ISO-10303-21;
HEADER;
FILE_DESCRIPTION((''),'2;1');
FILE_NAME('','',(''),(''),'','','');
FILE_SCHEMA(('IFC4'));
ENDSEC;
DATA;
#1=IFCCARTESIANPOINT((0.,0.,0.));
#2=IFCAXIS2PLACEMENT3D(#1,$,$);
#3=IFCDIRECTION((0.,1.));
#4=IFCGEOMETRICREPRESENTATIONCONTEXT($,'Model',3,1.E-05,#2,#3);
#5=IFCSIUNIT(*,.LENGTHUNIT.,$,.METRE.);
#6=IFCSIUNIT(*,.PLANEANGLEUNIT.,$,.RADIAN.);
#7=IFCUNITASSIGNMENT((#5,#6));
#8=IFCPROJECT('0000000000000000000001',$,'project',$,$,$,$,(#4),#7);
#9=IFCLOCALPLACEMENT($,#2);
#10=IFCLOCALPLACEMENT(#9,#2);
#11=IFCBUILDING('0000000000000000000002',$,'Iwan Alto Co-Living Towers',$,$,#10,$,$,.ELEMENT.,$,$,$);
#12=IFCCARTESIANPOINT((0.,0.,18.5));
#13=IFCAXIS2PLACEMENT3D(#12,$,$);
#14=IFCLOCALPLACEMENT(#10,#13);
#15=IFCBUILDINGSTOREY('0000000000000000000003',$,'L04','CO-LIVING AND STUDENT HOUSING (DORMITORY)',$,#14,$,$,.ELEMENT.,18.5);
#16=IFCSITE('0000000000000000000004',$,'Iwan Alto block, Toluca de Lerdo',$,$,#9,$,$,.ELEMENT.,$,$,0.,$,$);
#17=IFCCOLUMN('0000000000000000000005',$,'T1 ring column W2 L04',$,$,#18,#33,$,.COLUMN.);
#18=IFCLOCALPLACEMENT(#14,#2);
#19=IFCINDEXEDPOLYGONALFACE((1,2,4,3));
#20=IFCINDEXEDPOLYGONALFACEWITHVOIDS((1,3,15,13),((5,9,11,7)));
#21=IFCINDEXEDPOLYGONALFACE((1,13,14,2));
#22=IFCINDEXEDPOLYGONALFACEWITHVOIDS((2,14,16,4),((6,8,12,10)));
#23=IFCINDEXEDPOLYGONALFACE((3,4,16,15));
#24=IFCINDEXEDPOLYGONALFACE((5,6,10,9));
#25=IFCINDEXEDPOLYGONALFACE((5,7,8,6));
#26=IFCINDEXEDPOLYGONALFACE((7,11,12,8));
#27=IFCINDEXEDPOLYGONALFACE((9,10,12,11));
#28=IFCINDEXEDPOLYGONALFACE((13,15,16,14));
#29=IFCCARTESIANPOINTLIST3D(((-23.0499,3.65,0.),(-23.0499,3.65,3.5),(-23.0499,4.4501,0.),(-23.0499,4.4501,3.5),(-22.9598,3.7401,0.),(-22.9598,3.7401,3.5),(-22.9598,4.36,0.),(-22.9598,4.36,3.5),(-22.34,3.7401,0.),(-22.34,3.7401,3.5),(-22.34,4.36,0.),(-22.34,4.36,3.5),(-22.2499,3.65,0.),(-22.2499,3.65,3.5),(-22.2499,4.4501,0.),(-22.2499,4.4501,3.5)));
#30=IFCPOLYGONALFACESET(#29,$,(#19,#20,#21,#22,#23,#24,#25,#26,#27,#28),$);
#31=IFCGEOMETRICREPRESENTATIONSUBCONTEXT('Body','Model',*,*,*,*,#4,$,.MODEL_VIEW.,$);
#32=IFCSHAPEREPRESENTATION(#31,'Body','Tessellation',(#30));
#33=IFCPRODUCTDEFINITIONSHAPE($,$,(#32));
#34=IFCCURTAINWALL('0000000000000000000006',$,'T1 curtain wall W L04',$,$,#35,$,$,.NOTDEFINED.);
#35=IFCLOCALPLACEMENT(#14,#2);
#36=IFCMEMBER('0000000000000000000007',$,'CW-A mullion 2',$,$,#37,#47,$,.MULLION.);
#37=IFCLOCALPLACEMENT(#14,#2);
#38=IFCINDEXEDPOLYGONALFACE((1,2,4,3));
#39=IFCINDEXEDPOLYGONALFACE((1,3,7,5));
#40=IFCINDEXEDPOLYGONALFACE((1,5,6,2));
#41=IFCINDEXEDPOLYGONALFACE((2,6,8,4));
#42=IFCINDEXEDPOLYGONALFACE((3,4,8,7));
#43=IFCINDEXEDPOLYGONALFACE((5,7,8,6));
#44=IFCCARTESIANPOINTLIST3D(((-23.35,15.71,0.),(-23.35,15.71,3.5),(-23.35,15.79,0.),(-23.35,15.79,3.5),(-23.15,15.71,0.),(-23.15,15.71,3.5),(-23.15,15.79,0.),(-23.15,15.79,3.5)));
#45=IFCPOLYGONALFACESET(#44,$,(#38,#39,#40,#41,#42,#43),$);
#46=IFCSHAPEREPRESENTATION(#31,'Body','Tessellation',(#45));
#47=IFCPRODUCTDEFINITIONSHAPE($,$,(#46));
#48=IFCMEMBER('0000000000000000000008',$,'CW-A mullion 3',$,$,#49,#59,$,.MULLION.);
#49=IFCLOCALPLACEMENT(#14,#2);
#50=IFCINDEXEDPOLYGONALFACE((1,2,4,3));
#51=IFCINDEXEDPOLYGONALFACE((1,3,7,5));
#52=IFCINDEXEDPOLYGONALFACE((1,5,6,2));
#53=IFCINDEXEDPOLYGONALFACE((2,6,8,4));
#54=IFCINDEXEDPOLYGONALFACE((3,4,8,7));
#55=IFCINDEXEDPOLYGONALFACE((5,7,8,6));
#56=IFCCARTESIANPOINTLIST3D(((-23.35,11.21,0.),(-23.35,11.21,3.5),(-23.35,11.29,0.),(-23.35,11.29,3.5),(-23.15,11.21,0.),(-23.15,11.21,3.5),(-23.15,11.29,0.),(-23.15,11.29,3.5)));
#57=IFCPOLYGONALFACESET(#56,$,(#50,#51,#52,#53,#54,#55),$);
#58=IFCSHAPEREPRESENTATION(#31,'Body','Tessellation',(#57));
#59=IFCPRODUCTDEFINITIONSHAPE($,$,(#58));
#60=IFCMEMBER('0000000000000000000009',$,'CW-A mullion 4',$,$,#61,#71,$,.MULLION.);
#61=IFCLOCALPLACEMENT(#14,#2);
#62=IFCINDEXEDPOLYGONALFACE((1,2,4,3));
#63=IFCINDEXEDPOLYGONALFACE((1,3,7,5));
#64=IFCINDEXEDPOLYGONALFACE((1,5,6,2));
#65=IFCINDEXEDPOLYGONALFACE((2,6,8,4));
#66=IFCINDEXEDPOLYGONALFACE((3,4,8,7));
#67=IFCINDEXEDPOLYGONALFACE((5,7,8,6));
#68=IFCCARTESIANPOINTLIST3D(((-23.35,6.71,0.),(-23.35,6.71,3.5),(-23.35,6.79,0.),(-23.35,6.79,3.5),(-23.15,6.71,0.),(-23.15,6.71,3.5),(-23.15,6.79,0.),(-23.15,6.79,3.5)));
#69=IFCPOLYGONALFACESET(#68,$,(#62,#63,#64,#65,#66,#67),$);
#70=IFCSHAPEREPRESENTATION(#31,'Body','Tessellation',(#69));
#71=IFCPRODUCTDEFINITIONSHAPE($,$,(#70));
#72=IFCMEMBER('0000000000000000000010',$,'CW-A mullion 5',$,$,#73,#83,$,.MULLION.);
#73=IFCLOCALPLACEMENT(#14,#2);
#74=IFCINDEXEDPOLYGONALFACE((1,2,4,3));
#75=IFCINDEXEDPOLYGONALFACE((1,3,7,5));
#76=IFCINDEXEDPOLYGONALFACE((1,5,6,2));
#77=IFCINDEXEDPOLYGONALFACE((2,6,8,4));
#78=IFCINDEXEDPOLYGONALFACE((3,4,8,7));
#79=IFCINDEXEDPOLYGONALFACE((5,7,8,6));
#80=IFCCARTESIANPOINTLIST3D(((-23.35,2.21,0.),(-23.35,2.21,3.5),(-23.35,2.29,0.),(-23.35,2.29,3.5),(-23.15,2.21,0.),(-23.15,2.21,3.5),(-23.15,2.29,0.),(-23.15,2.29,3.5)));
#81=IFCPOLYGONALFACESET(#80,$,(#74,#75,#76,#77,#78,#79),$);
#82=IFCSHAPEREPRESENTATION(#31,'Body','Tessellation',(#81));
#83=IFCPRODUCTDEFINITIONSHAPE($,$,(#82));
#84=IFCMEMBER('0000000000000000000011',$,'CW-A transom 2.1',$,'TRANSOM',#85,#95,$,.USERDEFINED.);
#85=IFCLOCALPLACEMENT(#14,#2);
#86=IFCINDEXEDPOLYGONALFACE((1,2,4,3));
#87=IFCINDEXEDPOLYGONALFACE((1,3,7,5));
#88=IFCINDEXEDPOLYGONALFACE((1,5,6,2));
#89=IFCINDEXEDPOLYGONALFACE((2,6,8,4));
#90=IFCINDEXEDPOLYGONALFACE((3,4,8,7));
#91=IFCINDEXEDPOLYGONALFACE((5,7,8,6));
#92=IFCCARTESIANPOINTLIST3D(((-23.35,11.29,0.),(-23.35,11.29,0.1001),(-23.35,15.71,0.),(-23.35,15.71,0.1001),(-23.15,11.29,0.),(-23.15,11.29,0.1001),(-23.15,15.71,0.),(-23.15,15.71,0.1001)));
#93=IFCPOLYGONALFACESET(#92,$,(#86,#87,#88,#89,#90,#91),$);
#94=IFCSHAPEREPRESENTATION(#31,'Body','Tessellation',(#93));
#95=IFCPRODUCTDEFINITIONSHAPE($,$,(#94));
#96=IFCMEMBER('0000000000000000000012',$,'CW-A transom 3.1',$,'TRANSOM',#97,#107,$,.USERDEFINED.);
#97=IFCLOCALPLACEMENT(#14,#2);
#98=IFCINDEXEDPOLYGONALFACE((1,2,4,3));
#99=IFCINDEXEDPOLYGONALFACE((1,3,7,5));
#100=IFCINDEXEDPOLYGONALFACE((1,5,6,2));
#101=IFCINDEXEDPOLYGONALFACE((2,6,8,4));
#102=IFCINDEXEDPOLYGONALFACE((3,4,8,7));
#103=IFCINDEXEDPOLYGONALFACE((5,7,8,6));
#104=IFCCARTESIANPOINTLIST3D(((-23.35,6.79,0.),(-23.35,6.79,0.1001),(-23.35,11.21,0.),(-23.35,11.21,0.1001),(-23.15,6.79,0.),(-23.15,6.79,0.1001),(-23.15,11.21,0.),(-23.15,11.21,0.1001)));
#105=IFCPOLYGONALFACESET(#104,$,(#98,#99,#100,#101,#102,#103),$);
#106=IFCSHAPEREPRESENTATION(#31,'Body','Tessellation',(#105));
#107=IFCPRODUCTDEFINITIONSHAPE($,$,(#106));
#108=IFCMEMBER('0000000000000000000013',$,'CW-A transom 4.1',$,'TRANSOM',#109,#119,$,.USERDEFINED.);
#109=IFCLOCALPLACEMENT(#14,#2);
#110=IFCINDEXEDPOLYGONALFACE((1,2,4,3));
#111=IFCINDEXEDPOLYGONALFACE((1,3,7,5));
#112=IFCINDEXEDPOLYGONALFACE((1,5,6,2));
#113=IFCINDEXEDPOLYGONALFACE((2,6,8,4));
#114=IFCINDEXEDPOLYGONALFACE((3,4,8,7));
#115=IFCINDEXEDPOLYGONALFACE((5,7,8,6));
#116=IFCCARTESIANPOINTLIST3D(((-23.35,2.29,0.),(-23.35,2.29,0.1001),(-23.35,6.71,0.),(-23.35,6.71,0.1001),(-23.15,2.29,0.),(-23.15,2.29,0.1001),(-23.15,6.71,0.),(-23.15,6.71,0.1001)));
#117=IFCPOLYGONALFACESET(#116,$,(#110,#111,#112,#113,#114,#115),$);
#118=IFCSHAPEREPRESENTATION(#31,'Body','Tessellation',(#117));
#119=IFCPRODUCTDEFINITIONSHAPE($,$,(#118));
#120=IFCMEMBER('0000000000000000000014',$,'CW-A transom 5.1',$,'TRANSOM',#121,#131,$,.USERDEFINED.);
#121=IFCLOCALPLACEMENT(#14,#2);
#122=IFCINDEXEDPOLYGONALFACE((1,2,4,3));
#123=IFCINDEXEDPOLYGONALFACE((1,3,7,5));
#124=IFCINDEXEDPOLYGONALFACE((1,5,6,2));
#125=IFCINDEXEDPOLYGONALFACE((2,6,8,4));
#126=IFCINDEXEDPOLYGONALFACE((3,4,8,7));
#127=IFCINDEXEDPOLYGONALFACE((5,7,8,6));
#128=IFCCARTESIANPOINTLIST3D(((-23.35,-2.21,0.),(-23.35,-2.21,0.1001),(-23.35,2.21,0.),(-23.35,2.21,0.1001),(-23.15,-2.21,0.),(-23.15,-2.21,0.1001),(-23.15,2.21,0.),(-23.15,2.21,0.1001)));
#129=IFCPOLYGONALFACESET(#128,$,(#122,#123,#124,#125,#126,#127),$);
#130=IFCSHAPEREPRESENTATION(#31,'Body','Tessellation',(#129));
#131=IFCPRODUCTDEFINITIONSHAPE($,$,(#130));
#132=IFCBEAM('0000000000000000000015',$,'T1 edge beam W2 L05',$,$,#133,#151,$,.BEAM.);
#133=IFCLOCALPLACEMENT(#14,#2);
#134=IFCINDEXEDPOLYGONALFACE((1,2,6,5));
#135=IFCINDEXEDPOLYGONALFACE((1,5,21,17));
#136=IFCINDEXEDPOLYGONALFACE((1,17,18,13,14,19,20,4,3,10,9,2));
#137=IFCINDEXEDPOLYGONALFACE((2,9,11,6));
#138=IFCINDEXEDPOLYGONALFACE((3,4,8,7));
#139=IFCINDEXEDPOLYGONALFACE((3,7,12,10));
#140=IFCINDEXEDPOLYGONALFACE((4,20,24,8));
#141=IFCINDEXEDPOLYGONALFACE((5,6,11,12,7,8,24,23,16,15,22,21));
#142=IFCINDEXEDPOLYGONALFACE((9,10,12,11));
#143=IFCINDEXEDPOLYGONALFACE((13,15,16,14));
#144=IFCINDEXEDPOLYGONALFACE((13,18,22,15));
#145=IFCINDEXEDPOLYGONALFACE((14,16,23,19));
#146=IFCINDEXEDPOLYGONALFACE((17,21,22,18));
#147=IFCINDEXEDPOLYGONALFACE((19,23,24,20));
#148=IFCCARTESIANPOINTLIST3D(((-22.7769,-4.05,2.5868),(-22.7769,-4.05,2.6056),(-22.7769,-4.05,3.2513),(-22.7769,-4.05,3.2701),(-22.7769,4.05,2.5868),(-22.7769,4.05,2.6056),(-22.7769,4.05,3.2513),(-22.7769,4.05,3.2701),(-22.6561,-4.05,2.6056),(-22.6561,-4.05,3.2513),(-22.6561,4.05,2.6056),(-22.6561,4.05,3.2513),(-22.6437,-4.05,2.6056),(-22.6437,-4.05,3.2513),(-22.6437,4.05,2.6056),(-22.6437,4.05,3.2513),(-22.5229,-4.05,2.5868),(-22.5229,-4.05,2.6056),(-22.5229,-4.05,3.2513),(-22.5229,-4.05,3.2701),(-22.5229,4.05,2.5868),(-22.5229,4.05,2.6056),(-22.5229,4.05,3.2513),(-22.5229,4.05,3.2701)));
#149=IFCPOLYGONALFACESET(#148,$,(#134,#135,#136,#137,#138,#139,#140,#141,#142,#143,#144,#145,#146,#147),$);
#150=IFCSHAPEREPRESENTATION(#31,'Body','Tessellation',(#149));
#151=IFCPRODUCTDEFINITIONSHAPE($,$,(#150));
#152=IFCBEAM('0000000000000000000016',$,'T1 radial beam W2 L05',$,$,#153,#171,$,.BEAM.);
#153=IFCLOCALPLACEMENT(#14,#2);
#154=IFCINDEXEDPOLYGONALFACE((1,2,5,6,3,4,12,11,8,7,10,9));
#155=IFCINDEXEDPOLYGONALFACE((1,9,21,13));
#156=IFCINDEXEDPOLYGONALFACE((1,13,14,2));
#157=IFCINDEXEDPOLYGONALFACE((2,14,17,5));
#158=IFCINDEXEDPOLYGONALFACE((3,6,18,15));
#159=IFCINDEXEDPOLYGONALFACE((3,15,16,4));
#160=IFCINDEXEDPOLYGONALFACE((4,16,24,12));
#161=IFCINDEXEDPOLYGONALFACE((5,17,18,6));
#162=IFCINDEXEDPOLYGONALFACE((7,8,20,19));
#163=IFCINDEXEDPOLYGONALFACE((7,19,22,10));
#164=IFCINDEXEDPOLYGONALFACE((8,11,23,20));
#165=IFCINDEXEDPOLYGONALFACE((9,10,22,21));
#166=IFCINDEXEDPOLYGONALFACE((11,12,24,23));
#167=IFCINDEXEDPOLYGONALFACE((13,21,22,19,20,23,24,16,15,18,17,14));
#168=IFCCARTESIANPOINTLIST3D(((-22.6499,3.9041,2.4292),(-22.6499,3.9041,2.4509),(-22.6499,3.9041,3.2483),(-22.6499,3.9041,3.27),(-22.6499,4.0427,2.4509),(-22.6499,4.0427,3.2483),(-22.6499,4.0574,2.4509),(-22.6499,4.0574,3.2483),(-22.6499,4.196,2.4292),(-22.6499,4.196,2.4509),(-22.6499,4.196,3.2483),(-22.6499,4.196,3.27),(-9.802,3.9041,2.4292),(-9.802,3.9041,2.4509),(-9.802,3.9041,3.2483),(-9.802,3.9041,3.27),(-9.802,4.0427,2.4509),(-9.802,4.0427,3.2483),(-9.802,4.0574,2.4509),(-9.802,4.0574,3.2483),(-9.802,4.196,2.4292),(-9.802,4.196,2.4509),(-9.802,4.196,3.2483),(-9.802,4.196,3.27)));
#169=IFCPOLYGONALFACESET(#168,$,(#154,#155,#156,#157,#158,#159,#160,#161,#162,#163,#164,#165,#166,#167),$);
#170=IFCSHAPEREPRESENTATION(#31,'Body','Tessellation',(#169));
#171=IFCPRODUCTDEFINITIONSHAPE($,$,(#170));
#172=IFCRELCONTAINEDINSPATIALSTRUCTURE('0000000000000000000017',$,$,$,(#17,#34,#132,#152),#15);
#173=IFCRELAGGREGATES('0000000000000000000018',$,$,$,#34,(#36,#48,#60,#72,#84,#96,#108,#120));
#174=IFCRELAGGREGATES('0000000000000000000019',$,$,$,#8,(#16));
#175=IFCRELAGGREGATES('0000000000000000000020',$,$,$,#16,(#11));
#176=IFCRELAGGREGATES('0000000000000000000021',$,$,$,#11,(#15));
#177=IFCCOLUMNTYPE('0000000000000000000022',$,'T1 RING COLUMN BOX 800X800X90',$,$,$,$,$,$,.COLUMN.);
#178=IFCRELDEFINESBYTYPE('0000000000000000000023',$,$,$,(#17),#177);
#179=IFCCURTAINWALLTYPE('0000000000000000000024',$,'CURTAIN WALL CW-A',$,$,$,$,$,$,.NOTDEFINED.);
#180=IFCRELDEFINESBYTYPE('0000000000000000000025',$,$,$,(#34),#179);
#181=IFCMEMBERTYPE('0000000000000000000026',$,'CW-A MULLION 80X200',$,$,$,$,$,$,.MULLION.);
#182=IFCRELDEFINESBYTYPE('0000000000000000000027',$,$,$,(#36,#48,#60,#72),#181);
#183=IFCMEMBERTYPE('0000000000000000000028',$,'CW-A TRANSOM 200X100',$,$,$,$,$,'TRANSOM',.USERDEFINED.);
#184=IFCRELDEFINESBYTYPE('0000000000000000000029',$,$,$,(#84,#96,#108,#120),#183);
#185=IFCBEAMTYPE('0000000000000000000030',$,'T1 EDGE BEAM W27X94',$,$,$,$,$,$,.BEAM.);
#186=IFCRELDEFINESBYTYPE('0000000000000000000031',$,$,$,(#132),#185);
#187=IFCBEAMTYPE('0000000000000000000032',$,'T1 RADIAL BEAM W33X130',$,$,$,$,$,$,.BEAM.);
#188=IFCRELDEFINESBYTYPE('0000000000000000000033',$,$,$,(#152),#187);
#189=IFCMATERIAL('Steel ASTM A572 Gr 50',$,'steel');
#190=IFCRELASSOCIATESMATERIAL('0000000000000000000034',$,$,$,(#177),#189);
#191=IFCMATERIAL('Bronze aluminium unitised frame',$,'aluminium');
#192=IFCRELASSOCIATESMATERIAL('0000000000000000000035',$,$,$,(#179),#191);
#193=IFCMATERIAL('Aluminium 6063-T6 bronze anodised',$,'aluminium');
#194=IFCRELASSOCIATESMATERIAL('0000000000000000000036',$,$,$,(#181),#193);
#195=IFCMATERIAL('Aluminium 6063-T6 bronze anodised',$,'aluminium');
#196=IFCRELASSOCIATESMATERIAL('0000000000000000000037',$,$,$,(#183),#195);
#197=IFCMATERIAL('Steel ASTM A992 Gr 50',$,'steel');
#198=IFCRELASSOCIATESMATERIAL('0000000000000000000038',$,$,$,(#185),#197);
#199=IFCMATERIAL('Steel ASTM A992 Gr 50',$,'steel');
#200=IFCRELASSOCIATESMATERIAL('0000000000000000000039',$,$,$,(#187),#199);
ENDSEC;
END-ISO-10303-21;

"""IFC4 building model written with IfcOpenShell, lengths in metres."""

from ifc_helpers import new_model, si_unit, direction, frame, origin, origin_2d, place, context, subcontext, project, spatial, rectangle, hollow_rectangle, i_section, extrude, material, material_profile, profile_set, type_object, element, aggregate, save


model = new_model("IFC4")

# Units and contexts
model_context = context("Model", 3, precision=1e-05, world=origin(), true_north=direction((0.0, 1.0)))
body_context = subcontext(model_context, "Body", "Model", "MODEL_VIEW")
ifc_project = project(units=[si_unit("LENGTHUNIT", "METRE"), si_unit("PLANEANGLEUNIT", "RADIAN")], contexts=[model_context])

# Site, building, storey
site_placement = place(None, origin())
site = spatial("IfcSite", under=ifc_project, at=site_placement, Name="Iwan Alto block, Toluca de Lerdo", CompositionType="ELEMENT", RefElevation=0.0)
building_placement = place(site_placement, origin())
building = spatial("IfcBuilding", under=site, at=building_placement, Name="Iwan Alto Co-Living Towers", CompositionType="ELEMENT")
storey_placement = place(building_placement, frame((0.0, 0.0, 18.5)))
storey = spatial("IfcBuildingStorey", under=building, at=storey_placement, Name="L04", Description="CO-LIVING AND STUDENT HOUSING (DORMITORY)", CompositionType="ELEMENT", Elevation=18.5)

# Column
ifc_material_1 = material(Name="Steel ASTM A572 Gr 50", Category="steel")
ifc_material_profile_1 = material_profile(ifc_material_1, hollow_rectangle(XDim=0.8, YDim=0.8, WallThickness=0.0901, at=origin_2d()), Name="BOX 800X800X90")
ifc_profile_set_1 = profile_set([ifc_material_profile_1], Name="Steel ASTM A572 Gr 50")
column_type = type_object("IfcColumnType", Name="T1 RING COLUMN BOX 800X800X90", PredefinedType="COLUMN", material=ifc_profile_set_1)
column_placement = place(storey_placement, frame((-22.6499, 4.05, 0.0), z_axis=(0.0, 0.0, 1.0), x_axis=(1.0, 0.0, 0.0)))
element("IfcColumn", 1, at=column_placement, inside=storey, type_object=column_type, Name="T1 ring column W2 L04", PredefinedType="COLUMN", context=body_context, shape_type="SweptSolid", body=[
    extrude(hollow_rectangle(XDim=0.8, YDim=0.8, WallThickness=0.0901, at=origin_2d()), origin(), (0.0, 0.0, 1.0), 3.5),
])

# Curtain wall, members
ifc_material_2 = material(Name="Bronze aluminium unitised frame", Category="aluminium")
curtain_wall_type = type_object("IfcCurtainWallType", Name="CURTAIN WALL CW-A", PredefinedType="NOTDEFINED", material=ifc_material_2)
curtain_wall_placement = place(storey_placement, origin())
curtain_wall = element("IfcCurtainWall", 2, at=curtain_wall_placement, inside=storey, type_object=curtain_wall_type, Name="T1 curtain wall W L04", PredefinedType="NOTDEFINED")
ifc_material_3 = material(Name="Aluminium 6063-T6 bronze anodised", Category="aluminium")
ifc_material_profile_2 = material_profile(ifc_material_3, rectangle(XDim=0.2, YDim=0.0801, at=origin_2d()), Name="AL 80X200")
ifc_profile_set_2 = profile_set([ifc_material_profile_2], Name="Aluminium 6063-T6 bronze anodised")
member_type_1 = type_object("IfcMemberType", Name="CW-A MULLION 80X200", PredefinedType="MULLION", material=ifc_profile_set_2)
member_1_placement = place(storey_placement, frame((-23.25, 15.75, 0.0), z_axis=(0.0, 0.0, 1.0), x_axis=(1.0, 0.0, 0.0)))
member_1 = element("IfcMember", 3, at=member_1_placement, type_object=member_type_1, Name="CW-A mullion 2", PredefinedType="MULLION", context=body_context, shape_type="SweptSolid", body=[
    extrude(rectangle(XDim=0.2, YDim=0.0801, at=origin_2d()), origin(), (0.0, 0.0, 1.0), 3.5),
])
member_2_placement = place(storey_placement, frame((-23.25, 11.25, 0.0), z_axis=(0.0, 0.0, 1.0), x_axis=(1.0, 0.0, 0.0)))
member_2 = element("IfcMember", 4, at=member_2_placement, type_object=member_type_1, Name="CW-A mullion 3", PredefinedType="MULLION", context=body_context, shape_type="SweptSolid", body=[
    extrude(rectangle(XDim=0.2, YDim=0.0801, at=origin_2d()), origin(), (0.0, 0.0, 1.0), 3.5),
])
member_3_placement = place(storey_placement, frame((-23.25, 6.75, 0.0), z_axis=(0.0, 0.0, 1.0), x_axis=(1.0, 0.0, 0.0)))
member_3 = element("IfcMember", 5, at=member_3_placement, type_object=member_type_1, Name="CW-A mullion 4", PredefinedType="MULLION", context=body_context, shape_type="SweptSolid", body=[
    extrude(rectangle(XDim=0.2, YDim=0.0801, at=origin_2d()), origin(), (0.0, 0.0, 1.0), 3.5),
])
member_4_placement = place(storey_placement, frame((-23.25, 2.25, 0.0), z_axis=(0.0, 0.0, 1.0), x_axis=(1.0, 0.0, 0.0)))
member_4 = element("IfcMember", 6, at=member_4_placement, type_object=member_type_1, Name="CW-A mullion 5", PredefinedType="MULLION", context=body_context, shape_type="SweptSolid", body=[
    extrude(rectangle(XDim=0.2, YDim=0.0801, at=origin_2d()), origin(), (0.0, 0.0, 1.0), 3.5),
])
ifc_material_4 = material(Name="Aluminium 6063-T6 bronze anodised", Category="aluminium")
ifc_material_profile_3 = material_profile(ifc_material_4, rectangle(XDim=0.2, YDim=0.1001, at=origin_2d()), Name="AL 200X100")
ifc_profile_set_3 = profile_set([ifc_material_profile_3], Name="Aluminium 6063-T6 bronze anodised")
member_type_2 = type_object("IfcMemberType", Name="CW-A TRANSOM 200X100", ElementType="TRANSOM", PredefinedType="USERDEFINED", material=ifc_profile_set_3)
member_5_placement = place(storey_placement, frame((-23.25, 15.71, 0.05), z_axis=(0.0, -1.0, 0.0), x_axis=(1.0, 0.0, 0.0)))
member_5 = element("IfcMember", 7, at=member_5_placement, type_object=member_type_2, Name="CW-A transom 2.1", ObjectType="TRANSOM", PredefinedType="USERDEFINED", context=body_context, shape_type="SweptSolid", body=[
    extrude(rectangle(XDim=0.2, YDim=0.1001, at=origin_2d()), origin(), (0.0, 0.0, 1.0), 4.4199),
])
member_6_placement = place(storey_placement, frame((-23.25, 11.21, 0.05), z_axis=(0.0, -1.0, 0.0), x_axis=(1.0, 0.0, 0.0)))
member_6 = element("IfcMember", 8, at=member_6_placement, type_object=member_type_2, Name="CW-A transom 3.1", ObjectType="TRANSOM", PredefinedType="USERDEFINED", context=body_context, shape_type="SweptSolid", body=[
    extrude(rectangle(XDim=0.2, YDim=0.1001, at=origin_2d()), origin(), (0.0, 0.0, 1.0), 4.4199),
])
member_7_placement = place(storey_placement, frame((-23.25, 6.71, 0.05), z_axis=(0.0, -1.0, 0.0), x_axis=(1.0, 0.0, 0.0)))
member_7 = element("IfcMember", 9, at=member_7_placement, type_object=member_type_2, Name="CW-A transom 4.1", ObjectType="TRANSOM", PredefinedType="USERDEFINED", context=body_context, shape_type="SweptSolid", body=[
    extrude(rectangle(XDim=0.2, YDim=0.1001, at=origin_2d()), origin(), (0.0, 0.0, 1.0), 4.4199),
])
member_8_placement = place(storey_placement, frame((-23.25, 2.21, 0.05), z_axis=(0.0, -1.0, 0.0), x_axis=(1.0, 0.0, 0.0)))
member_8 = element("IfcMember", 10, at=member_8_placement, type_object=member_type_2, Name="CW-A transom 5.1", ObjectType="TRANSOM", PredefinedType="USERDEFINED", context=body_context, shape_type="SweptSolid", body=[
    extrude(rectangle(XDim=0.2, YDim=0.1001, at=origin_2d()), origin(), (0.0, 0.0, 1.0), 4.4199),
])

# Beams
ifc_material_5 = material(Name="Steel ASTM A992 Gr 50", Category="steel")
ifc_material_profile_4 = material_profile(ifc_material_5, i_section(OverallWidth=0.2539, OverallDepth=0.6833, WebThickness=0.0125, FlangeThickness=0.0188, at=origin_2d()), Name="W27X94")
ifc_profile_set_4 = profile_set([ifc_material_profile_4], Name="Steel ASTM A992 Gr 50")
beam_type_1 = type_object("IfcBeamType", Name="T1 EDGE BEAM W27X94", PredefinedType="BEAM", material=ifc_profile_set_4)
beam_1_placement = place(storey_placement, frame((-22.6499, 4.05, 2.9285), z_axis=(0.0, -1.0, 0.0), x_axis=(1.0, 0.0, 0.0)))
element("IfcBeam", 11, at=beam_1_placement, inside=storey, type_object=beam_type_1, Name="T1 edge beam W2 L05", PredefinedType="BEAM", context=body_context, shape_type="SweptSolid", body=[
    extrude(i_section(OverallWidth=0.2539, OverallDepth=0.6833, WebThickness=0.0125, FlangeThickness=0.0188, at=origin_2d()), origin(), (0.0, 0.0, 1.0), 8.1001),
])
ifc_material_6 = material(Name="Steel ASTM A992 Gr 50", Category="steel")
ifc_material_profile_5 = material_profile(ifc_material_6, i_section(OverallWidth=0.292, OverallDepth=0.8408, WebThickness=0.0146, FlangeThickness=0.0217, at=origin_2d()), Name="W33X130")
ifc_profile_set_5 = profile_set([ifc_material_profile_5], Name="Steel ASTM A992 Gr 50")
beam_type_2 = type_object("IfcBeamType", Name="T1 RADIAL BEAM W33X130", PredefinedType="BEAM", material=ifc_profile_set_5)
beam_2_placement = place(storey_placement, frame((-22.6499, 4.05, 2.8496), z_axis=(1.0, 0.0, 0.0), x_axis=(0.0, 1.0, 0.0)))
element("IfcBeam", 12, at=beam_2_placement, inside=storey, type_object=beam_type_2, Name="T1 radial beam W2 L05", PredefinedType="BEAM", context=body_context, shape_type="SweptSolid", body=[
    extrude(i_section(OverallWidth=0.292, OverallDepth=0.8408, WebThickness=0.0146, FlangeThickness=0.0217, at=origin_2d()), origin(), (0.0, 0.0, 1.0), 12.8479),
])

aggregate(curtain_wall, [member_1, member_2, member_3, member_4, member_5, member_6, member_7, member_8])

save(model, "model.ifc")
